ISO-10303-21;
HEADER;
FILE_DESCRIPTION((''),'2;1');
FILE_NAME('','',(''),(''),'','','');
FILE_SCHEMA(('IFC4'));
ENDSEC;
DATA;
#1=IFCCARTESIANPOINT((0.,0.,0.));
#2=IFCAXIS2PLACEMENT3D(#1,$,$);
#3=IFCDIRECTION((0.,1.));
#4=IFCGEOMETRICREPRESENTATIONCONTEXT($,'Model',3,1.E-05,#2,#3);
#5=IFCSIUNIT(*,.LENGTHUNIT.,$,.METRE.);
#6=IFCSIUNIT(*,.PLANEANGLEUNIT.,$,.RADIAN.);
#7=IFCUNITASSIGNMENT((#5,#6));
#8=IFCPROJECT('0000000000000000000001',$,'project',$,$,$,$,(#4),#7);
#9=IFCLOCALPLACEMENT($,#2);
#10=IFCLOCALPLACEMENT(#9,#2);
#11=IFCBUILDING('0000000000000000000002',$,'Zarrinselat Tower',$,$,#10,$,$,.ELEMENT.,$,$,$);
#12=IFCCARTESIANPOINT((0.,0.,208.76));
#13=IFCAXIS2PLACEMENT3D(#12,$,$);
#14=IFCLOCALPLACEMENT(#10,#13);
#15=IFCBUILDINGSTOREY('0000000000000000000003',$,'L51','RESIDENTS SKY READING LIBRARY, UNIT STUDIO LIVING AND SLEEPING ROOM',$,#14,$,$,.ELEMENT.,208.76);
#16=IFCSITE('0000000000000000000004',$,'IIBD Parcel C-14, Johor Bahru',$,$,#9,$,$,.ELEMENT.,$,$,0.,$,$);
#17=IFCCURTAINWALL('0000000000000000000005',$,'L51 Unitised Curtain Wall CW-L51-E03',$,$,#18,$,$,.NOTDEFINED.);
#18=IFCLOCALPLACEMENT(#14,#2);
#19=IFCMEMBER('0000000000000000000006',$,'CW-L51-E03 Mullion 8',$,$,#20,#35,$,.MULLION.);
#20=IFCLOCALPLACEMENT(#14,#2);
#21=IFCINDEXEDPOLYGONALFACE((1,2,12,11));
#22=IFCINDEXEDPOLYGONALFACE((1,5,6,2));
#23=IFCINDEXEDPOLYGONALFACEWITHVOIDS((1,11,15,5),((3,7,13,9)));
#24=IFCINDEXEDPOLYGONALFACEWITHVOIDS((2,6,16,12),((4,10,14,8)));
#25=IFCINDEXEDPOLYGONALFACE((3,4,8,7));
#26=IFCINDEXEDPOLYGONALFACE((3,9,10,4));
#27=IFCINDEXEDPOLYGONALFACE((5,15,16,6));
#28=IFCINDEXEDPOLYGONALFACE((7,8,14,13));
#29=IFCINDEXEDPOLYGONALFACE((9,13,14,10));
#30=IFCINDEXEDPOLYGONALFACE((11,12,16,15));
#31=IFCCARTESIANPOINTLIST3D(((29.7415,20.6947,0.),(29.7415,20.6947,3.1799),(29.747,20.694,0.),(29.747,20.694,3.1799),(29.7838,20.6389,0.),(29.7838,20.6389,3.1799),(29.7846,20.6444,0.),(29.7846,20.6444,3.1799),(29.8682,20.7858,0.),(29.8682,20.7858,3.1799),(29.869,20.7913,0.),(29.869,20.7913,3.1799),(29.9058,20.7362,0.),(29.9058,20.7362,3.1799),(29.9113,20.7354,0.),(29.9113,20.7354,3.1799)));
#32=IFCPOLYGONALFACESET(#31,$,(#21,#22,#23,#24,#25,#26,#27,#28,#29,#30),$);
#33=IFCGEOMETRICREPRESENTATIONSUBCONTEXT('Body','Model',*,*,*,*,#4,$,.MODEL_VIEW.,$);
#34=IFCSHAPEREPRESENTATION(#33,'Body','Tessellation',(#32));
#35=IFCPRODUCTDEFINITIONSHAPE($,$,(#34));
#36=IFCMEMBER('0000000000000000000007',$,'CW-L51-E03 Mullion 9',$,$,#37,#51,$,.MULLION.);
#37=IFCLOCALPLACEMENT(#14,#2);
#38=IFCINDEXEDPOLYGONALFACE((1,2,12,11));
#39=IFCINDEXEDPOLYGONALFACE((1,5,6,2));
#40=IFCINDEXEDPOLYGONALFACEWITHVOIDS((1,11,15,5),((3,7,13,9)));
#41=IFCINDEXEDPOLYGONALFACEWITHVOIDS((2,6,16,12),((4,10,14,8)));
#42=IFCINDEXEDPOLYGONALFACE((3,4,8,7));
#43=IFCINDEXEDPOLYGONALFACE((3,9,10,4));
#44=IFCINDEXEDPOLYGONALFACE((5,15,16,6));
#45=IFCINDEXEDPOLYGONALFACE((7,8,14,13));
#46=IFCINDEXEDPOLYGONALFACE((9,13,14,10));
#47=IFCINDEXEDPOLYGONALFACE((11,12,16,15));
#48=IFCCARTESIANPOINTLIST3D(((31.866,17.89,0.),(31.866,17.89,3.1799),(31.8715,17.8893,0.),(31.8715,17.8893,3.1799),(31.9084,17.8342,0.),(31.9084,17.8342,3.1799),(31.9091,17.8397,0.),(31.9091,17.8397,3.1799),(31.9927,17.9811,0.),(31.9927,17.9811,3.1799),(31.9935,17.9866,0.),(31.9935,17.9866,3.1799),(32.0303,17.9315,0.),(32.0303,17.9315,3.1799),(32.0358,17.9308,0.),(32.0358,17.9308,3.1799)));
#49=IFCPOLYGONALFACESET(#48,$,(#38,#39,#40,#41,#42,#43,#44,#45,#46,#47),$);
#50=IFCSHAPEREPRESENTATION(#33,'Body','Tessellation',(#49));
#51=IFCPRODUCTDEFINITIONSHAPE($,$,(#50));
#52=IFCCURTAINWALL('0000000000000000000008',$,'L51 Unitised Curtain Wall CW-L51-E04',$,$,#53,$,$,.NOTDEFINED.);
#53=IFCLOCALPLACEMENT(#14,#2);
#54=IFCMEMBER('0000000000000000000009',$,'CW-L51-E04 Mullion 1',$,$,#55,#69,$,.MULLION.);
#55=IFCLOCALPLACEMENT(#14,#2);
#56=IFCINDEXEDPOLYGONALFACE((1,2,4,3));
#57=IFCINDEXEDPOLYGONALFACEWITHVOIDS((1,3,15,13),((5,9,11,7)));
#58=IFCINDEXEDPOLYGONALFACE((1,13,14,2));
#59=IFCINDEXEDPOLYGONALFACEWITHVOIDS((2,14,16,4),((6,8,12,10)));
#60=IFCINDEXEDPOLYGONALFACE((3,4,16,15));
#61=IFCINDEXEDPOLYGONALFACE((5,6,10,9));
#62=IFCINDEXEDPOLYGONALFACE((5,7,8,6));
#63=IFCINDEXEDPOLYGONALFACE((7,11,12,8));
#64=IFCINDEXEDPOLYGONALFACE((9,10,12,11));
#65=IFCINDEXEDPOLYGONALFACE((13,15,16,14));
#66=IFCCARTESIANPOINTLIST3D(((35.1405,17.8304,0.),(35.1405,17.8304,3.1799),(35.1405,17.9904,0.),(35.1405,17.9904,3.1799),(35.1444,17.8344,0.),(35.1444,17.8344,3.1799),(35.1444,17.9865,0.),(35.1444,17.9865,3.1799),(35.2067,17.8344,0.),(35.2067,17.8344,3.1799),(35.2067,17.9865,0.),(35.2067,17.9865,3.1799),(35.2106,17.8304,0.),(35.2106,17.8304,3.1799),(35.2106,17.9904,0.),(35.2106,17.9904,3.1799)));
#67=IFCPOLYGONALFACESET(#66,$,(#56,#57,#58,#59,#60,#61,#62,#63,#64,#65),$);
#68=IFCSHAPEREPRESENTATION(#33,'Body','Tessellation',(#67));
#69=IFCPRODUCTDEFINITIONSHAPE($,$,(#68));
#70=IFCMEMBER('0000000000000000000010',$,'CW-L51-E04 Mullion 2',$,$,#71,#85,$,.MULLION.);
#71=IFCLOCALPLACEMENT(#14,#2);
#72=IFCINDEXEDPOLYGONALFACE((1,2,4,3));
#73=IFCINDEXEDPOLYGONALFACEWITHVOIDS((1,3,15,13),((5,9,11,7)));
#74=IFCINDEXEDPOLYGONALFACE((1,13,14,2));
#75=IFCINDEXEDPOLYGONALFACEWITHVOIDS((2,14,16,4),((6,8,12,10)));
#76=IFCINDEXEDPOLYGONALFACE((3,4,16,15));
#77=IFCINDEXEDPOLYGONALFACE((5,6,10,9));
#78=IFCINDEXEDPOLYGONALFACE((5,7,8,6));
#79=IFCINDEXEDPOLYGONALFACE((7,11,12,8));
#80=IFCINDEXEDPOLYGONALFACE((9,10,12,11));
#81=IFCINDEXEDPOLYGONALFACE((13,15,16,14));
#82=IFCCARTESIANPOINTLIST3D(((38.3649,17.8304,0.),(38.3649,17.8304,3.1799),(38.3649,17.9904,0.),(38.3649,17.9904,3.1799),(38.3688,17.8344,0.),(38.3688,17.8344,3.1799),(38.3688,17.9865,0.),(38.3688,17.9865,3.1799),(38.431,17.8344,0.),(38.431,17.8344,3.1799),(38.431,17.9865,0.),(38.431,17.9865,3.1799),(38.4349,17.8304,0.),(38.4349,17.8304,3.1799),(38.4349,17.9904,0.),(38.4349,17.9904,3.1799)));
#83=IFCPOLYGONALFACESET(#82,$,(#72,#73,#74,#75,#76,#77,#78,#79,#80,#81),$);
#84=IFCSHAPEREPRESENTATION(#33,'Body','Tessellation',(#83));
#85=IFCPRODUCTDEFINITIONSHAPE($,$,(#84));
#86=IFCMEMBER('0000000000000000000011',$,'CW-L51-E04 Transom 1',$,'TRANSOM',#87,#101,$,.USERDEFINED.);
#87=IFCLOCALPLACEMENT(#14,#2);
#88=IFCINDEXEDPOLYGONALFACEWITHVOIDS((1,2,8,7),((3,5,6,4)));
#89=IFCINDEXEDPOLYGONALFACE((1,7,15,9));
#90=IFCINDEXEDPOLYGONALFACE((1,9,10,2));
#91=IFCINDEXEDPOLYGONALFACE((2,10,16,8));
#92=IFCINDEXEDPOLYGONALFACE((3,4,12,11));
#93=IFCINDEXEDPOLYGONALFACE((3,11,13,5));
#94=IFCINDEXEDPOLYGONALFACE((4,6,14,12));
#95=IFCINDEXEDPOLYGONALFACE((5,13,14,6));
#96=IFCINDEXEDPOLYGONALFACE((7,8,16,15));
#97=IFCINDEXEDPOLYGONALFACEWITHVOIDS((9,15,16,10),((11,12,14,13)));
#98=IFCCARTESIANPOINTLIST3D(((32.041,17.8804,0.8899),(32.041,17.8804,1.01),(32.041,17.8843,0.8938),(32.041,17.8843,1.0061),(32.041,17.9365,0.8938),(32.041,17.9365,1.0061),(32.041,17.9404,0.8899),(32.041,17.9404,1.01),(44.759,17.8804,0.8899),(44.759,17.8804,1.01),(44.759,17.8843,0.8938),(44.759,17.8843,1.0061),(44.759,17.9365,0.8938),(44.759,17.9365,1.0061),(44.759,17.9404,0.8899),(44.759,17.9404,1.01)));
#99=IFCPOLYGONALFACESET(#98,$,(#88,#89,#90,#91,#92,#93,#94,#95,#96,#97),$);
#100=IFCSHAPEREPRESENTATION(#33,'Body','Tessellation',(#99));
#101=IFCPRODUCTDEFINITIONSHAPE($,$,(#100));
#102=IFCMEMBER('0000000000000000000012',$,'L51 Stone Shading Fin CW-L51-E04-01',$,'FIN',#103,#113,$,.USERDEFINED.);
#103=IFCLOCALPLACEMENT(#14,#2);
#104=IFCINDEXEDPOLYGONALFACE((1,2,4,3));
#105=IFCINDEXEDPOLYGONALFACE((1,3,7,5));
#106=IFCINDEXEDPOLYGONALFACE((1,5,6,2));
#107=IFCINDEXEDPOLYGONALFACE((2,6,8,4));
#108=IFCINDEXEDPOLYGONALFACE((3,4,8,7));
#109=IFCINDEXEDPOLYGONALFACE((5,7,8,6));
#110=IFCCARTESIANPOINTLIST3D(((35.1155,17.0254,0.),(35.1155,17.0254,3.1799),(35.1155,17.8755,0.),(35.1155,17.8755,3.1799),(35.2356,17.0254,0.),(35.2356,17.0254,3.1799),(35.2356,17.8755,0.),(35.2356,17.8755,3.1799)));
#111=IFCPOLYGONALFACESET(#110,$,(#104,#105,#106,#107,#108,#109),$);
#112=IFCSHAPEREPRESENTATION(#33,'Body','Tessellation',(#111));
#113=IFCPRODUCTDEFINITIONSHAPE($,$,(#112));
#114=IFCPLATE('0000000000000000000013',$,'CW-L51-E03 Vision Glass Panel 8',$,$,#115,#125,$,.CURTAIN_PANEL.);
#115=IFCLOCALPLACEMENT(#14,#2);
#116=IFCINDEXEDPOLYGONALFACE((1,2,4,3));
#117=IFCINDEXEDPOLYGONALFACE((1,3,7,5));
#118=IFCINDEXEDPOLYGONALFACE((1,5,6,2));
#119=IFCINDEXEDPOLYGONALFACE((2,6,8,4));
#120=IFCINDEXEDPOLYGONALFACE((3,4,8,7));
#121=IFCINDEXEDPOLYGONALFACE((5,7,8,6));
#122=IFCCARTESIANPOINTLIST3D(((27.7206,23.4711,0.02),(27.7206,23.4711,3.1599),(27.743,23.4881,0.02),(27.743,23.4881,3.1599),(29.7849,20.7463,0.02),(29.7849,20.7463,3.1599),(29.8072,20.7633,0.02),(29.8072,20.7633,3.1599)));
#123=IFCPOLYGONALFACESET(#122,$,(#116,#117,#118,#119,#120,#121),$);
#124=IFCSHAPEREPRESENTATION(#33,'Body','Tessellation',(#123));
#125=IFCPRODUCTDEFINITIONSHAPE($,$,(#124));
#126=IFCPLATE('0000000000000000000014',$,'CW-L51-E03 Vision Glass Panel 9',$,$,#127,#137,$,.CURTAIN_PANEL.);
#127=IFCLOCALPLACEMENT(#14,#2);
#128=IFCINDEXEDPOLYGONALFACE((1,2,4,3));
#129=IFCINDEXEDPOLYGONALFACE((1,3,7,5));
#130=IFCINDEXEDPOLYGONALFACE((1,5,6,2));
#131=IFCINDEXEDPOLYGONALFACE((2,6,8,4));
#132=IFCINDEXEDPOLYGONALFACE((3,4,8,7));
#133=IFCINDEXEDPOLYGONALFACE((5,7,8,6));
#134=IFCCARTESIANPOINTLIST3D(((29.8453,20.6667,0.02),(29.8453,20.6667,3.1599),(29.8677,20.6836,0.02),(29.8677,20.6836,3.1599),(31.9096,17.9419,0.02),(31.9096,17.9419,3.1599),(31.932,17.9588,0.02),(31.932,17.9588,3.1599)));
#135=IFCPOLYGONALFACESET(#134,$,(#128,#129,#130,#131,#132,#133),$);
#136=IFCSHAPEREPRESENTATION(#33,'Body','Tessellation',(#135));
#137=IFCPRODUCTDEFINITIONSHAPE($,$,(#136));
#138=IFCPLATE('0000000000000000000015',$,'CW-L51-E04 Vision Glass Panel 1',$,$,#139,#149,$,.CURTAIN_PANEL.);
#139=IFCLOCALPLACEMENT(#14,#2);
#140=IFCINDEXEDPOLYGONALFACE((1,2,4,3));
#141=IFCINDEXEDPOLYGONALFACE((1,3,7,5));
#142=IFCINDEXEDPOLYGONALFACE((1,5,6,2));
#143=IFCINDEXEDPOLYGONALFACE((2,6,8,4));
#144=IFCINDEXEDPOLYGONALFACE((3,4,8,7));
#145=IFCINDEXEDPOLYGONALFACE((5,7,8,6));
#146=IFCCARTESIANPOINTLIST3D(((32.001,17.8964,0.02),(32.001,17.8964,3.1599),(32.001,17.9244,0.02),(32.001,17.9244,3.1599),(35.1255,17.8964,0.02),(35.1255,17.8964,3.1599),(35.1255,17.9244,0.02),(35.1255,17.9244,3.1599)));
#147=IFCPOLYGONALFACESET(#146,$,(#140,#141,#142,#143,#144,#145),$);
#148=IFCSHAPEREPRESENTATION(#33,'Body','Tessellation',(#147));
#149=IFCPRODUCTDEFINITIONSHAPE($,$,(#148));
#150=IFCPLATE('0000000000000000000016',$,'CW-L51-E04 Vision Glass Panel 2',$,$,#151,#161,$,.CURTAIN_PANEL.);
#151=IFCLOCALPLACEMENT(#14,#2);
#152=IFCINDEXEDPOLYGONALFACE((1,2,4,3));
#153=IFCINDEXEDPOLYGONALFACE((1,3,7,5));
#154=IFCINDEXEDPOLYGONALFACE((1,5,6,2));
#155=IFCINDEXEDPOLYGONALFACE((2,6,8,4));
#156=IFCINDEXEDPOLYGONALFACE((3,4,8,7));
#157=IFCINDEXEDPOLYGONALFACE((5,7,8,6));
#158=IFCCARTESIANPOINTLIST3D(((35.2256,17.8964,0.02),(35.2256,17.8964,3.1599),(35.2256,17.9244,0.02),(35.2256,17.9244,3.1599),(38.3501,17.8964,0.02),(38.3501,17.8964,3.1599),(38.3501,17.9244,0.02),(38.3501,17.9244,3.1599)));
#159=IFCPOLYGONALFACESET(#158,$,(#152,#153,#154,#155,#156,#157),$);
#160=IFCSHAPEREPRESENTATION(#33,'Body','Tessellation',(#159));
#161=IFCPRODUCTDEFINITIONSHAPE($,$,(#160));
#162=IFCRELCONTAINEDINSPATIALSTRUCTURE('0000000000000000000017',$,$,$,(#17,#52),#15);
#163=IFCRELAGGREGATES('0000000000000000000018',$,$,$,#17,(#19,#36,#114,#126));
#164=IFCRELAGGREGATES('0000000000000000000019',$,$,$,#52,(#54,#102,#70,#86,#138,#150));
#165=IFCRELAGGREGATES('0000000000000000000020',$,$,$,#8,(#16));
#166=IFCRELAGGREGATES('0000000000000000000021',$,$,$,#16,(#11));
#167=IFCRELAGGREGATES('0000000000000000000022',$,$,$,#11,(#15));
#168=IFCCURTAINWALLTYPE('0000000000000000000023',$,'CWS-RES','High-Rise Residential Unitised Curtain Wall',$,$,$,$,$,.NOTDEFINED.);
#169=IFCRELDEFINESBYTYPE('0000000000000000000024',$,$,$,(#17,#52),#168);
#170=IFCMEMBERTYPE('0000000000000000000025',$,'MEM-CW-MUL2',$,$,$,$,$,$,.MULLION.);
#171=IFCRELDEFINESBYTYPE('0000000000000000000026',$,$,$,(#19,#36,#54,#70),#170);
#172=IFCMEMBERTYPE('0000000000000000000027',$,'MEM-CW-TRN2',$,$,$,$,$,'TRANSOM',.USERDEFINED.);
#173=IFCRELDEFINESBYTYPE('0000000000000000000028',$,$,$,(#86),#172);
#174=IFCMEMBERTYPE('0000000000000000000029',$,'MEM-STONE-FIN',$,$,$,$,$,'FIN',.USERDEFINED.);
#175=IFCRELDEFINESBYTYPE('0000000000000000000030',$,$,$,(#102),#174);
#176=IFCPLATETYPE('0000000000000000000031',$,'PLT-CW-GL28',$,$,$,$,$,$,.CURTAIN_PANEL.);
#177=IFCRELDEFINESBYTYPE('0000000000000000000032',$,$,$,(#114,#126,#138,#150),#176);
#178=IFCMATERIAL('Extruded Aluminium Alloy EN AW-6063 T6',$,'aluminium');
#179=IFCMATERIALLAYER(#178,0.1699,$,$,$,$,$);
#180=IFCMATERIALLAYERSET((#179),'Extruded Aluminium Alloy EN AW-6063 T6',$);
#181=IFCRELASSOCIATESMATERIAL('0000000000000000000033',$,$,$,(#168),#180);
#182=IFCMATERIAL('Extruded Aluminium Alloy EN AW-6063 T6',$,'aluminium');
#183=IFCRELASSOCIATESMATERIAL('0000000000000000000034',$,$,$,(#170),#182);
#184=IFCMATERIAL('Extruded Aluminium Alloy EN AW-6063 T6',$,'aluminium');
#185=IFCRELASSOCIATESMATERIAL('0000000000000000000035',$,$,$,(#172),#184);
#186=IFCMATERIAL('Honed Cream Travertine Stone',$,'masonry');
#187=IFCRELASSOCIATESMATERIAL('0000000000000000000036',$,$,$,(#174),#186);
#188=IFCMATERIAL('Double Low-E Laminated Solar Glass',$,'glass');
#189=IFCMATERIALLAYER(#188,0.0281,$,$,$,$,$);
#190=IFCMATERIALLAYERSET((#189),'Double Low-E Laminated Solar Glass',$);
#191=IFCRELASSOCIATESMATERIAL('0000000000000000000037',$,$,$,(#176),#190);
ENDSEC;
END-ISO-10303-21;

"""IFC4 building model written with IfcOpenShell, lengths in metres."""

from ifc_helpers import new_model, si_unit, direction, frame, origin, origin_2d, place, context, subcontext, project, spatial, rectangle, hollow_rectangle, extrude, material, layer, layer_set, material_profile, profile_set, type_object, element, aggregate, save


model = new_model("IFC4")

# Units and contexts
model_context = context("Model", 3, precision=1e-05, world=origin(), true_north=direction((0.0, 1.0)))
body_context = subcontext(model_context, "Body", "Model", "MODEL_VIEW")
ifc_project = project(units=[si_unit("LENGTHUNIT", "METRE"), si_unit("PLANEANGLEUNIT", "RADIAN")], contexts=[model_context])

# Site, building, storey
site_placement = place(None, origin())
site = spatial("IfcSite", under=ifc_project, at=site_placement, Name="IIBD Parcel C-14, Johor Bahru", CompositionType="ELEMENT", RefElevation=0.0)
building_placement = place(site_placement, origin())
building = spatial("IfcBuilding", under=site, at=building_placement, Name="Zarrinselat Tower", CompositionType="ELEMENT")
storey_placement = place(building_placement, frame((0.0, 0.0, 208.76)))
storey = spatial("IfcBuildingStorey", under=building, at=storey_placement, Name="L51", Description="RESIDENTS SKY READING LIBRARY, UNIT STUDIO LIVING AND SLEEPING ROOM", CompositionType="ELEMENT", Elevation=208.76)

# Curtain walls, members
ifc_material_1 = material(Name="Extruded Aluminium Alloy EN AW-6063 T6", Category="aluminium")
ifc_layer_1 = layer(ifc_material_1, 0.1699)
ifc_layer_set_1 = layer_set([ifc_layer_1], Name="Extruded Aluminium Alloy EN AW-6063 T6")
curtain_wall_type = type_object("IfcCurtainWallType", Name="CWS-RES", Description="High-Rise Residential Unitised Curtain Wall", PredefinedType="NOTDEFINED", material=ifc_layer_set_1)
curtain_wall_1_placement = place(storey_placement, origin())
curtain_wall_1 = element("IfcCurtainWall", 1, at=curtain_wall_1_placement, inside=storey, type_object=curtain_wall_type, Name="L51 Unitised Curtain Wall CW-L51-E03", PredefinedType="NOTDEFINED")
ifc_material_2 = material(Name="Extruded Aluminium Alloy EN AW-6063 T6", Category="aluminium")
ifc_material_profile_1 = material_profile(ifc_material_2, hollow_rectangle(XDim=0.0701, YDim=0.1599, WallThickness=0.0039, at=origin_2d()), Name="RHS 160x70x4")
ifc_profile_set_1 = profile_set([ifc_material_profile_1], Name="Extruded Aluminium Alloy EN AW-6063 T6")
member_type_1 = type_object("IfcMemberType", Name="MEM-CW-MUL2", PredefinedType="MULLION", material=ifc_profile_set_1)
member_1_placement = place(storey_placement, frame((29.8264, 20.7151, 0.0), z_axis=(0.0, 0.0, 1.0), x_axis=(0.603859, -0.797091, 0.0)))
member_1 = element("IfcMember", 2, at=member_1_placement, type_object=member_type_1, Name="CW-L51-E03 Mullion 8", PredefinedType="MULLION", context=body_context, shape_type="SweptSolid", body=[
    extrude(hollow_rectangle(XDim=0.0701, YDim=0.1599, WallThickness=0.0039, at=origin_2d()), origin(), (0.0, 0.0, 1.0), 3.1799),
])
member_2_placement = place(storey_placement, frame((31.9509, 17.9104, 0.0), z_axis=(0.0, 0.0, 1.0), x_axis=(0.603859, -0.797091, 0.0)))
member_2 = element("IfcMember", 3, at=member_2_placement, type_object=member_type_1, Name="CW-L51-E03 Mullion 9", PredefinedType="MULLION", context=body_context, shape_type="SweptSolid", body=[
    extrude(hollow_rectangle(XDim=0.0701, YDim=0.1599, WallThickness=0.0039, at=origin_2d()), origin(), (0.0, 0.0, 1.0), 3.1799),
])
curtain_wall_2_placement = place(storey_placement, origin())
curtain_wall_2 = element("IfcCurtainWall", 4, at=curtain_wall_2_placement, inside=storey, type_object=curtain_wall_type, Name="L51 Unitised Curtain Wall CW-L51-E04", PredefinedType="NOTDEFINED")
member_3_placement = place(storey_placement, frame((35.1755, 17.9104, 0.0), z_axis=(0.0, 0.0, 1.0), x_axis=(1.0, 0.0, 0.0)))
member_3 = element("IfcMember", 5, at=member_3_placement, type_object=member_type_1, Name="CW-L51-E04 Mullion 1", PredefinedType="MULLION", context=body_context, shape_type="SweptSolid", body=[
    extrude(hollow_rectangle(XDim=0.0701, YDim=0.1599, WallThickness=0.0039, at=origin_2d()), origin(), (0.0, 0.0, 1.0), 3.1799),
])
member_4_placement = place(storey_placement, frame((38.3999, 17.9104, 0.0), z_axis=(0.0, 0.0, 1.0), x_axis=(1.0, 0.0, 0.0)))
member_4 = element("IfcMember", 6, at=member_4_placement, type_object=member_type_1, Name="CW-L51-E04 Mullion 2", PredefinedType="MULLION", context=body_context, shape_type="SweptSolid", body=[
    extrude(hollow_rectangle(XDim=0.0701, YDim=0.1599, WallThickness=0.0039, at=origin_2d()), origin(), (0.0, 0.0, 1.0), 3.1799),
])
ifc_material_3 = material(Name="Extruded Aluminium Alloy EN AW-6063 T6", Category="aluminium")
ifc_material_profile_2 = material_profile(ifc_material_3, hollow_rectangle(XDim=0.0601, YDim=0.1201, WallThickness=0.0039, at=origin_2d()), Name="RHS 120x60x4")
ifc_profile_set_2 = profile_set([ifc_material_profile_2], Name="Extruded Aluminium Alloy EN AW-6063 T6")
member_type_2 = type_object("IfcMemberType", Name="MEM-CW-TRN2", ElementType="TRANSOM", PredefinedType="USERDEFINED", material=ifc_profile_set_2)
member_5_placement = place(storey_placement, frame((32.041, 17.9104, 0.95), z_axis=(1.0, 0.0, 0.0), x_axis=(0.0, 1.0, 0.0)))
member_5 = element("IfcMember", 7, at=member_5_placement, type_object=member_type_2, Name="CW-L51-E04 Transom 1", ObjectType="TRANSOM", PredefinedType="USERDEFINED", context=body_context, shape_type="SweptSolid", body=[
    extrude(hollow_rectangle(XDim=0.0601, YDim=0.1201, WallThickness=0.0039, at=origin_2d()), origin(), (0.0, 0.0, 1.0), 12.718),
])
ifc_material_4 = material(Name="Honed Cream Travertine Stone", Category="masonry")
ifc_material_profile_3 = material_profile(ifc_material_4, rectangle(XDim=0.1201, YDim=0.8501, at=origin_2d()), Name="FIN 850x120")
ifc_profile_set_3 = profile_set([ifc_material_profile_3], Name="Honed Cream Travertine Stone")
member_type_3 = type_object("IfcMemberType", Name="MEM-STONE-FIN", ElementType="FIN", PredefinedType="USERDEFINED", material=ifc_profile_set_3)
member_6_placement = place(storey_placement, frame((35.1755, 17.4504, 0.0), z_axis=(0.0, 0.0, 1.0), x_axis=(-1.0, 0.0, 0.0)))
member_6 = element("IfcMember", 8, at=member_6_placement, type_object=member_type_3, Name="L51 Stone Shading Fin CW-L51-E04-01", ObjectType="FIN", PredefinedType="USERDEFINED", context=body_context, shape_type="SweptSolid", body=[
    extrude(rectangle(XDim=0.1201, YDim=0.8501, at=origin_2d()), origin(), (0.0, 0.0, 1.0), 3.1799),
])

# Plates
ifc_material_5 = material(Name="Double Low-E Laminated Solar Glass", Category="glass")
ifc_layer_2 = layer(ifc_material_5, 0.0281)
ifc_layer_set_2 = layer_set([ifc_layer_2], Name="Double Low-E Laminated Solar Glass")
plate_type = type_object("IfcPlateType", Name="PLT-CW-GL28", PredefinedType="CURTAIN_PANEL", material=ifc_layer_set_2)
plate_1_placement = place(storey_placement, frame((28.7639, 22.1172, 0.02), z_axis=(0.0, 0.0, 1.0), x_axis=(0.603859, -0.797091, 0.0)))
plate_1 = element("IfcPlate", 9, at=plate_1_placement, type_object=plate_type, Name="CW-L51-E03 Vision Glass Panel 8", PredefinedType="CURTAIN_PANEL", context=body_context, shape_type="SweptSolid", body=[
    extrude(rectangle(XDim=3.4185, YDim=0.0281, at=origin_2d()), origin(), (0.0, 0.0, 1.0), 3.1399),
])
plate_2_placement = place(storey_placement, frame((30.8887, 19.3127, 0.02), z_axis=(0.0, 0.0, 1.0), x_axis=(0.603859, -0.797091, 0.0)))
plate_2 = element("IfcPlate", 10, at=plate_2_placement, type_object=plate_type, Name="CW-L51-E03 Vision Glass Panel 9", PredefinedType="CURTAIN_PANEL", context=body_context, shape_type="SweptSolid", body=[
    extrude(rectangle(XDim=3.4185, YDim=0.0281, at=origin_2d()), origin(), (0.0, 0.0, 1.0), 3.1399),
])
aggregate(curtain_wall_1, [member_1, member_2, plate_1, plate_2])
plate_3_placement = place(storey_placement, frame((33.5632, 17.9104, 0.02), z_axis=(0.0, 0.0, 1.0), x_axis=(1.0, 0.0, 0.0)))
plate_3 = element("IfcPlate", 11, at=plate_3_placement, type_object=plate_type, Name="CW-L51-E04 Vision Glass Panel 1", PredefinedType="CURTAIN_PANEL", context=body_context, shape_type="SweptSolid", body=[
    extrude(rectangle(XDim=3.1245, YDim=0.0281, at=origin_2d()), origin(), (0.0, 0.0, 1.0), 3.1399),
])
plate_4_placement = place(storey_placement, frame((36.7878, 17.9104, 0.02), z_axis=(0.0, 0.0, 1.0), x_axis=(1.0, 0.0, 0.0)))
plate_4 = element("IfcPlate", 12, at=plate_4_placement, type_object=plate_type, Name="CW-L51-E04 Vision Glass Panel 2", PredefinedType="CURTAIN_PANEL", context=body_context, shape_type="SweptSolid", body=[
    extrude(rectangle(XDim=3.1245, YDim=0.0281, at=origin_2d()), origin(), (0.0, 0.0, 1.0), 3.1399),
])
aggregate(curtain_wall_2, [member_3, member_6, member_4, member_5, plate_3, plate_4])

save(model, "model.ifc")
